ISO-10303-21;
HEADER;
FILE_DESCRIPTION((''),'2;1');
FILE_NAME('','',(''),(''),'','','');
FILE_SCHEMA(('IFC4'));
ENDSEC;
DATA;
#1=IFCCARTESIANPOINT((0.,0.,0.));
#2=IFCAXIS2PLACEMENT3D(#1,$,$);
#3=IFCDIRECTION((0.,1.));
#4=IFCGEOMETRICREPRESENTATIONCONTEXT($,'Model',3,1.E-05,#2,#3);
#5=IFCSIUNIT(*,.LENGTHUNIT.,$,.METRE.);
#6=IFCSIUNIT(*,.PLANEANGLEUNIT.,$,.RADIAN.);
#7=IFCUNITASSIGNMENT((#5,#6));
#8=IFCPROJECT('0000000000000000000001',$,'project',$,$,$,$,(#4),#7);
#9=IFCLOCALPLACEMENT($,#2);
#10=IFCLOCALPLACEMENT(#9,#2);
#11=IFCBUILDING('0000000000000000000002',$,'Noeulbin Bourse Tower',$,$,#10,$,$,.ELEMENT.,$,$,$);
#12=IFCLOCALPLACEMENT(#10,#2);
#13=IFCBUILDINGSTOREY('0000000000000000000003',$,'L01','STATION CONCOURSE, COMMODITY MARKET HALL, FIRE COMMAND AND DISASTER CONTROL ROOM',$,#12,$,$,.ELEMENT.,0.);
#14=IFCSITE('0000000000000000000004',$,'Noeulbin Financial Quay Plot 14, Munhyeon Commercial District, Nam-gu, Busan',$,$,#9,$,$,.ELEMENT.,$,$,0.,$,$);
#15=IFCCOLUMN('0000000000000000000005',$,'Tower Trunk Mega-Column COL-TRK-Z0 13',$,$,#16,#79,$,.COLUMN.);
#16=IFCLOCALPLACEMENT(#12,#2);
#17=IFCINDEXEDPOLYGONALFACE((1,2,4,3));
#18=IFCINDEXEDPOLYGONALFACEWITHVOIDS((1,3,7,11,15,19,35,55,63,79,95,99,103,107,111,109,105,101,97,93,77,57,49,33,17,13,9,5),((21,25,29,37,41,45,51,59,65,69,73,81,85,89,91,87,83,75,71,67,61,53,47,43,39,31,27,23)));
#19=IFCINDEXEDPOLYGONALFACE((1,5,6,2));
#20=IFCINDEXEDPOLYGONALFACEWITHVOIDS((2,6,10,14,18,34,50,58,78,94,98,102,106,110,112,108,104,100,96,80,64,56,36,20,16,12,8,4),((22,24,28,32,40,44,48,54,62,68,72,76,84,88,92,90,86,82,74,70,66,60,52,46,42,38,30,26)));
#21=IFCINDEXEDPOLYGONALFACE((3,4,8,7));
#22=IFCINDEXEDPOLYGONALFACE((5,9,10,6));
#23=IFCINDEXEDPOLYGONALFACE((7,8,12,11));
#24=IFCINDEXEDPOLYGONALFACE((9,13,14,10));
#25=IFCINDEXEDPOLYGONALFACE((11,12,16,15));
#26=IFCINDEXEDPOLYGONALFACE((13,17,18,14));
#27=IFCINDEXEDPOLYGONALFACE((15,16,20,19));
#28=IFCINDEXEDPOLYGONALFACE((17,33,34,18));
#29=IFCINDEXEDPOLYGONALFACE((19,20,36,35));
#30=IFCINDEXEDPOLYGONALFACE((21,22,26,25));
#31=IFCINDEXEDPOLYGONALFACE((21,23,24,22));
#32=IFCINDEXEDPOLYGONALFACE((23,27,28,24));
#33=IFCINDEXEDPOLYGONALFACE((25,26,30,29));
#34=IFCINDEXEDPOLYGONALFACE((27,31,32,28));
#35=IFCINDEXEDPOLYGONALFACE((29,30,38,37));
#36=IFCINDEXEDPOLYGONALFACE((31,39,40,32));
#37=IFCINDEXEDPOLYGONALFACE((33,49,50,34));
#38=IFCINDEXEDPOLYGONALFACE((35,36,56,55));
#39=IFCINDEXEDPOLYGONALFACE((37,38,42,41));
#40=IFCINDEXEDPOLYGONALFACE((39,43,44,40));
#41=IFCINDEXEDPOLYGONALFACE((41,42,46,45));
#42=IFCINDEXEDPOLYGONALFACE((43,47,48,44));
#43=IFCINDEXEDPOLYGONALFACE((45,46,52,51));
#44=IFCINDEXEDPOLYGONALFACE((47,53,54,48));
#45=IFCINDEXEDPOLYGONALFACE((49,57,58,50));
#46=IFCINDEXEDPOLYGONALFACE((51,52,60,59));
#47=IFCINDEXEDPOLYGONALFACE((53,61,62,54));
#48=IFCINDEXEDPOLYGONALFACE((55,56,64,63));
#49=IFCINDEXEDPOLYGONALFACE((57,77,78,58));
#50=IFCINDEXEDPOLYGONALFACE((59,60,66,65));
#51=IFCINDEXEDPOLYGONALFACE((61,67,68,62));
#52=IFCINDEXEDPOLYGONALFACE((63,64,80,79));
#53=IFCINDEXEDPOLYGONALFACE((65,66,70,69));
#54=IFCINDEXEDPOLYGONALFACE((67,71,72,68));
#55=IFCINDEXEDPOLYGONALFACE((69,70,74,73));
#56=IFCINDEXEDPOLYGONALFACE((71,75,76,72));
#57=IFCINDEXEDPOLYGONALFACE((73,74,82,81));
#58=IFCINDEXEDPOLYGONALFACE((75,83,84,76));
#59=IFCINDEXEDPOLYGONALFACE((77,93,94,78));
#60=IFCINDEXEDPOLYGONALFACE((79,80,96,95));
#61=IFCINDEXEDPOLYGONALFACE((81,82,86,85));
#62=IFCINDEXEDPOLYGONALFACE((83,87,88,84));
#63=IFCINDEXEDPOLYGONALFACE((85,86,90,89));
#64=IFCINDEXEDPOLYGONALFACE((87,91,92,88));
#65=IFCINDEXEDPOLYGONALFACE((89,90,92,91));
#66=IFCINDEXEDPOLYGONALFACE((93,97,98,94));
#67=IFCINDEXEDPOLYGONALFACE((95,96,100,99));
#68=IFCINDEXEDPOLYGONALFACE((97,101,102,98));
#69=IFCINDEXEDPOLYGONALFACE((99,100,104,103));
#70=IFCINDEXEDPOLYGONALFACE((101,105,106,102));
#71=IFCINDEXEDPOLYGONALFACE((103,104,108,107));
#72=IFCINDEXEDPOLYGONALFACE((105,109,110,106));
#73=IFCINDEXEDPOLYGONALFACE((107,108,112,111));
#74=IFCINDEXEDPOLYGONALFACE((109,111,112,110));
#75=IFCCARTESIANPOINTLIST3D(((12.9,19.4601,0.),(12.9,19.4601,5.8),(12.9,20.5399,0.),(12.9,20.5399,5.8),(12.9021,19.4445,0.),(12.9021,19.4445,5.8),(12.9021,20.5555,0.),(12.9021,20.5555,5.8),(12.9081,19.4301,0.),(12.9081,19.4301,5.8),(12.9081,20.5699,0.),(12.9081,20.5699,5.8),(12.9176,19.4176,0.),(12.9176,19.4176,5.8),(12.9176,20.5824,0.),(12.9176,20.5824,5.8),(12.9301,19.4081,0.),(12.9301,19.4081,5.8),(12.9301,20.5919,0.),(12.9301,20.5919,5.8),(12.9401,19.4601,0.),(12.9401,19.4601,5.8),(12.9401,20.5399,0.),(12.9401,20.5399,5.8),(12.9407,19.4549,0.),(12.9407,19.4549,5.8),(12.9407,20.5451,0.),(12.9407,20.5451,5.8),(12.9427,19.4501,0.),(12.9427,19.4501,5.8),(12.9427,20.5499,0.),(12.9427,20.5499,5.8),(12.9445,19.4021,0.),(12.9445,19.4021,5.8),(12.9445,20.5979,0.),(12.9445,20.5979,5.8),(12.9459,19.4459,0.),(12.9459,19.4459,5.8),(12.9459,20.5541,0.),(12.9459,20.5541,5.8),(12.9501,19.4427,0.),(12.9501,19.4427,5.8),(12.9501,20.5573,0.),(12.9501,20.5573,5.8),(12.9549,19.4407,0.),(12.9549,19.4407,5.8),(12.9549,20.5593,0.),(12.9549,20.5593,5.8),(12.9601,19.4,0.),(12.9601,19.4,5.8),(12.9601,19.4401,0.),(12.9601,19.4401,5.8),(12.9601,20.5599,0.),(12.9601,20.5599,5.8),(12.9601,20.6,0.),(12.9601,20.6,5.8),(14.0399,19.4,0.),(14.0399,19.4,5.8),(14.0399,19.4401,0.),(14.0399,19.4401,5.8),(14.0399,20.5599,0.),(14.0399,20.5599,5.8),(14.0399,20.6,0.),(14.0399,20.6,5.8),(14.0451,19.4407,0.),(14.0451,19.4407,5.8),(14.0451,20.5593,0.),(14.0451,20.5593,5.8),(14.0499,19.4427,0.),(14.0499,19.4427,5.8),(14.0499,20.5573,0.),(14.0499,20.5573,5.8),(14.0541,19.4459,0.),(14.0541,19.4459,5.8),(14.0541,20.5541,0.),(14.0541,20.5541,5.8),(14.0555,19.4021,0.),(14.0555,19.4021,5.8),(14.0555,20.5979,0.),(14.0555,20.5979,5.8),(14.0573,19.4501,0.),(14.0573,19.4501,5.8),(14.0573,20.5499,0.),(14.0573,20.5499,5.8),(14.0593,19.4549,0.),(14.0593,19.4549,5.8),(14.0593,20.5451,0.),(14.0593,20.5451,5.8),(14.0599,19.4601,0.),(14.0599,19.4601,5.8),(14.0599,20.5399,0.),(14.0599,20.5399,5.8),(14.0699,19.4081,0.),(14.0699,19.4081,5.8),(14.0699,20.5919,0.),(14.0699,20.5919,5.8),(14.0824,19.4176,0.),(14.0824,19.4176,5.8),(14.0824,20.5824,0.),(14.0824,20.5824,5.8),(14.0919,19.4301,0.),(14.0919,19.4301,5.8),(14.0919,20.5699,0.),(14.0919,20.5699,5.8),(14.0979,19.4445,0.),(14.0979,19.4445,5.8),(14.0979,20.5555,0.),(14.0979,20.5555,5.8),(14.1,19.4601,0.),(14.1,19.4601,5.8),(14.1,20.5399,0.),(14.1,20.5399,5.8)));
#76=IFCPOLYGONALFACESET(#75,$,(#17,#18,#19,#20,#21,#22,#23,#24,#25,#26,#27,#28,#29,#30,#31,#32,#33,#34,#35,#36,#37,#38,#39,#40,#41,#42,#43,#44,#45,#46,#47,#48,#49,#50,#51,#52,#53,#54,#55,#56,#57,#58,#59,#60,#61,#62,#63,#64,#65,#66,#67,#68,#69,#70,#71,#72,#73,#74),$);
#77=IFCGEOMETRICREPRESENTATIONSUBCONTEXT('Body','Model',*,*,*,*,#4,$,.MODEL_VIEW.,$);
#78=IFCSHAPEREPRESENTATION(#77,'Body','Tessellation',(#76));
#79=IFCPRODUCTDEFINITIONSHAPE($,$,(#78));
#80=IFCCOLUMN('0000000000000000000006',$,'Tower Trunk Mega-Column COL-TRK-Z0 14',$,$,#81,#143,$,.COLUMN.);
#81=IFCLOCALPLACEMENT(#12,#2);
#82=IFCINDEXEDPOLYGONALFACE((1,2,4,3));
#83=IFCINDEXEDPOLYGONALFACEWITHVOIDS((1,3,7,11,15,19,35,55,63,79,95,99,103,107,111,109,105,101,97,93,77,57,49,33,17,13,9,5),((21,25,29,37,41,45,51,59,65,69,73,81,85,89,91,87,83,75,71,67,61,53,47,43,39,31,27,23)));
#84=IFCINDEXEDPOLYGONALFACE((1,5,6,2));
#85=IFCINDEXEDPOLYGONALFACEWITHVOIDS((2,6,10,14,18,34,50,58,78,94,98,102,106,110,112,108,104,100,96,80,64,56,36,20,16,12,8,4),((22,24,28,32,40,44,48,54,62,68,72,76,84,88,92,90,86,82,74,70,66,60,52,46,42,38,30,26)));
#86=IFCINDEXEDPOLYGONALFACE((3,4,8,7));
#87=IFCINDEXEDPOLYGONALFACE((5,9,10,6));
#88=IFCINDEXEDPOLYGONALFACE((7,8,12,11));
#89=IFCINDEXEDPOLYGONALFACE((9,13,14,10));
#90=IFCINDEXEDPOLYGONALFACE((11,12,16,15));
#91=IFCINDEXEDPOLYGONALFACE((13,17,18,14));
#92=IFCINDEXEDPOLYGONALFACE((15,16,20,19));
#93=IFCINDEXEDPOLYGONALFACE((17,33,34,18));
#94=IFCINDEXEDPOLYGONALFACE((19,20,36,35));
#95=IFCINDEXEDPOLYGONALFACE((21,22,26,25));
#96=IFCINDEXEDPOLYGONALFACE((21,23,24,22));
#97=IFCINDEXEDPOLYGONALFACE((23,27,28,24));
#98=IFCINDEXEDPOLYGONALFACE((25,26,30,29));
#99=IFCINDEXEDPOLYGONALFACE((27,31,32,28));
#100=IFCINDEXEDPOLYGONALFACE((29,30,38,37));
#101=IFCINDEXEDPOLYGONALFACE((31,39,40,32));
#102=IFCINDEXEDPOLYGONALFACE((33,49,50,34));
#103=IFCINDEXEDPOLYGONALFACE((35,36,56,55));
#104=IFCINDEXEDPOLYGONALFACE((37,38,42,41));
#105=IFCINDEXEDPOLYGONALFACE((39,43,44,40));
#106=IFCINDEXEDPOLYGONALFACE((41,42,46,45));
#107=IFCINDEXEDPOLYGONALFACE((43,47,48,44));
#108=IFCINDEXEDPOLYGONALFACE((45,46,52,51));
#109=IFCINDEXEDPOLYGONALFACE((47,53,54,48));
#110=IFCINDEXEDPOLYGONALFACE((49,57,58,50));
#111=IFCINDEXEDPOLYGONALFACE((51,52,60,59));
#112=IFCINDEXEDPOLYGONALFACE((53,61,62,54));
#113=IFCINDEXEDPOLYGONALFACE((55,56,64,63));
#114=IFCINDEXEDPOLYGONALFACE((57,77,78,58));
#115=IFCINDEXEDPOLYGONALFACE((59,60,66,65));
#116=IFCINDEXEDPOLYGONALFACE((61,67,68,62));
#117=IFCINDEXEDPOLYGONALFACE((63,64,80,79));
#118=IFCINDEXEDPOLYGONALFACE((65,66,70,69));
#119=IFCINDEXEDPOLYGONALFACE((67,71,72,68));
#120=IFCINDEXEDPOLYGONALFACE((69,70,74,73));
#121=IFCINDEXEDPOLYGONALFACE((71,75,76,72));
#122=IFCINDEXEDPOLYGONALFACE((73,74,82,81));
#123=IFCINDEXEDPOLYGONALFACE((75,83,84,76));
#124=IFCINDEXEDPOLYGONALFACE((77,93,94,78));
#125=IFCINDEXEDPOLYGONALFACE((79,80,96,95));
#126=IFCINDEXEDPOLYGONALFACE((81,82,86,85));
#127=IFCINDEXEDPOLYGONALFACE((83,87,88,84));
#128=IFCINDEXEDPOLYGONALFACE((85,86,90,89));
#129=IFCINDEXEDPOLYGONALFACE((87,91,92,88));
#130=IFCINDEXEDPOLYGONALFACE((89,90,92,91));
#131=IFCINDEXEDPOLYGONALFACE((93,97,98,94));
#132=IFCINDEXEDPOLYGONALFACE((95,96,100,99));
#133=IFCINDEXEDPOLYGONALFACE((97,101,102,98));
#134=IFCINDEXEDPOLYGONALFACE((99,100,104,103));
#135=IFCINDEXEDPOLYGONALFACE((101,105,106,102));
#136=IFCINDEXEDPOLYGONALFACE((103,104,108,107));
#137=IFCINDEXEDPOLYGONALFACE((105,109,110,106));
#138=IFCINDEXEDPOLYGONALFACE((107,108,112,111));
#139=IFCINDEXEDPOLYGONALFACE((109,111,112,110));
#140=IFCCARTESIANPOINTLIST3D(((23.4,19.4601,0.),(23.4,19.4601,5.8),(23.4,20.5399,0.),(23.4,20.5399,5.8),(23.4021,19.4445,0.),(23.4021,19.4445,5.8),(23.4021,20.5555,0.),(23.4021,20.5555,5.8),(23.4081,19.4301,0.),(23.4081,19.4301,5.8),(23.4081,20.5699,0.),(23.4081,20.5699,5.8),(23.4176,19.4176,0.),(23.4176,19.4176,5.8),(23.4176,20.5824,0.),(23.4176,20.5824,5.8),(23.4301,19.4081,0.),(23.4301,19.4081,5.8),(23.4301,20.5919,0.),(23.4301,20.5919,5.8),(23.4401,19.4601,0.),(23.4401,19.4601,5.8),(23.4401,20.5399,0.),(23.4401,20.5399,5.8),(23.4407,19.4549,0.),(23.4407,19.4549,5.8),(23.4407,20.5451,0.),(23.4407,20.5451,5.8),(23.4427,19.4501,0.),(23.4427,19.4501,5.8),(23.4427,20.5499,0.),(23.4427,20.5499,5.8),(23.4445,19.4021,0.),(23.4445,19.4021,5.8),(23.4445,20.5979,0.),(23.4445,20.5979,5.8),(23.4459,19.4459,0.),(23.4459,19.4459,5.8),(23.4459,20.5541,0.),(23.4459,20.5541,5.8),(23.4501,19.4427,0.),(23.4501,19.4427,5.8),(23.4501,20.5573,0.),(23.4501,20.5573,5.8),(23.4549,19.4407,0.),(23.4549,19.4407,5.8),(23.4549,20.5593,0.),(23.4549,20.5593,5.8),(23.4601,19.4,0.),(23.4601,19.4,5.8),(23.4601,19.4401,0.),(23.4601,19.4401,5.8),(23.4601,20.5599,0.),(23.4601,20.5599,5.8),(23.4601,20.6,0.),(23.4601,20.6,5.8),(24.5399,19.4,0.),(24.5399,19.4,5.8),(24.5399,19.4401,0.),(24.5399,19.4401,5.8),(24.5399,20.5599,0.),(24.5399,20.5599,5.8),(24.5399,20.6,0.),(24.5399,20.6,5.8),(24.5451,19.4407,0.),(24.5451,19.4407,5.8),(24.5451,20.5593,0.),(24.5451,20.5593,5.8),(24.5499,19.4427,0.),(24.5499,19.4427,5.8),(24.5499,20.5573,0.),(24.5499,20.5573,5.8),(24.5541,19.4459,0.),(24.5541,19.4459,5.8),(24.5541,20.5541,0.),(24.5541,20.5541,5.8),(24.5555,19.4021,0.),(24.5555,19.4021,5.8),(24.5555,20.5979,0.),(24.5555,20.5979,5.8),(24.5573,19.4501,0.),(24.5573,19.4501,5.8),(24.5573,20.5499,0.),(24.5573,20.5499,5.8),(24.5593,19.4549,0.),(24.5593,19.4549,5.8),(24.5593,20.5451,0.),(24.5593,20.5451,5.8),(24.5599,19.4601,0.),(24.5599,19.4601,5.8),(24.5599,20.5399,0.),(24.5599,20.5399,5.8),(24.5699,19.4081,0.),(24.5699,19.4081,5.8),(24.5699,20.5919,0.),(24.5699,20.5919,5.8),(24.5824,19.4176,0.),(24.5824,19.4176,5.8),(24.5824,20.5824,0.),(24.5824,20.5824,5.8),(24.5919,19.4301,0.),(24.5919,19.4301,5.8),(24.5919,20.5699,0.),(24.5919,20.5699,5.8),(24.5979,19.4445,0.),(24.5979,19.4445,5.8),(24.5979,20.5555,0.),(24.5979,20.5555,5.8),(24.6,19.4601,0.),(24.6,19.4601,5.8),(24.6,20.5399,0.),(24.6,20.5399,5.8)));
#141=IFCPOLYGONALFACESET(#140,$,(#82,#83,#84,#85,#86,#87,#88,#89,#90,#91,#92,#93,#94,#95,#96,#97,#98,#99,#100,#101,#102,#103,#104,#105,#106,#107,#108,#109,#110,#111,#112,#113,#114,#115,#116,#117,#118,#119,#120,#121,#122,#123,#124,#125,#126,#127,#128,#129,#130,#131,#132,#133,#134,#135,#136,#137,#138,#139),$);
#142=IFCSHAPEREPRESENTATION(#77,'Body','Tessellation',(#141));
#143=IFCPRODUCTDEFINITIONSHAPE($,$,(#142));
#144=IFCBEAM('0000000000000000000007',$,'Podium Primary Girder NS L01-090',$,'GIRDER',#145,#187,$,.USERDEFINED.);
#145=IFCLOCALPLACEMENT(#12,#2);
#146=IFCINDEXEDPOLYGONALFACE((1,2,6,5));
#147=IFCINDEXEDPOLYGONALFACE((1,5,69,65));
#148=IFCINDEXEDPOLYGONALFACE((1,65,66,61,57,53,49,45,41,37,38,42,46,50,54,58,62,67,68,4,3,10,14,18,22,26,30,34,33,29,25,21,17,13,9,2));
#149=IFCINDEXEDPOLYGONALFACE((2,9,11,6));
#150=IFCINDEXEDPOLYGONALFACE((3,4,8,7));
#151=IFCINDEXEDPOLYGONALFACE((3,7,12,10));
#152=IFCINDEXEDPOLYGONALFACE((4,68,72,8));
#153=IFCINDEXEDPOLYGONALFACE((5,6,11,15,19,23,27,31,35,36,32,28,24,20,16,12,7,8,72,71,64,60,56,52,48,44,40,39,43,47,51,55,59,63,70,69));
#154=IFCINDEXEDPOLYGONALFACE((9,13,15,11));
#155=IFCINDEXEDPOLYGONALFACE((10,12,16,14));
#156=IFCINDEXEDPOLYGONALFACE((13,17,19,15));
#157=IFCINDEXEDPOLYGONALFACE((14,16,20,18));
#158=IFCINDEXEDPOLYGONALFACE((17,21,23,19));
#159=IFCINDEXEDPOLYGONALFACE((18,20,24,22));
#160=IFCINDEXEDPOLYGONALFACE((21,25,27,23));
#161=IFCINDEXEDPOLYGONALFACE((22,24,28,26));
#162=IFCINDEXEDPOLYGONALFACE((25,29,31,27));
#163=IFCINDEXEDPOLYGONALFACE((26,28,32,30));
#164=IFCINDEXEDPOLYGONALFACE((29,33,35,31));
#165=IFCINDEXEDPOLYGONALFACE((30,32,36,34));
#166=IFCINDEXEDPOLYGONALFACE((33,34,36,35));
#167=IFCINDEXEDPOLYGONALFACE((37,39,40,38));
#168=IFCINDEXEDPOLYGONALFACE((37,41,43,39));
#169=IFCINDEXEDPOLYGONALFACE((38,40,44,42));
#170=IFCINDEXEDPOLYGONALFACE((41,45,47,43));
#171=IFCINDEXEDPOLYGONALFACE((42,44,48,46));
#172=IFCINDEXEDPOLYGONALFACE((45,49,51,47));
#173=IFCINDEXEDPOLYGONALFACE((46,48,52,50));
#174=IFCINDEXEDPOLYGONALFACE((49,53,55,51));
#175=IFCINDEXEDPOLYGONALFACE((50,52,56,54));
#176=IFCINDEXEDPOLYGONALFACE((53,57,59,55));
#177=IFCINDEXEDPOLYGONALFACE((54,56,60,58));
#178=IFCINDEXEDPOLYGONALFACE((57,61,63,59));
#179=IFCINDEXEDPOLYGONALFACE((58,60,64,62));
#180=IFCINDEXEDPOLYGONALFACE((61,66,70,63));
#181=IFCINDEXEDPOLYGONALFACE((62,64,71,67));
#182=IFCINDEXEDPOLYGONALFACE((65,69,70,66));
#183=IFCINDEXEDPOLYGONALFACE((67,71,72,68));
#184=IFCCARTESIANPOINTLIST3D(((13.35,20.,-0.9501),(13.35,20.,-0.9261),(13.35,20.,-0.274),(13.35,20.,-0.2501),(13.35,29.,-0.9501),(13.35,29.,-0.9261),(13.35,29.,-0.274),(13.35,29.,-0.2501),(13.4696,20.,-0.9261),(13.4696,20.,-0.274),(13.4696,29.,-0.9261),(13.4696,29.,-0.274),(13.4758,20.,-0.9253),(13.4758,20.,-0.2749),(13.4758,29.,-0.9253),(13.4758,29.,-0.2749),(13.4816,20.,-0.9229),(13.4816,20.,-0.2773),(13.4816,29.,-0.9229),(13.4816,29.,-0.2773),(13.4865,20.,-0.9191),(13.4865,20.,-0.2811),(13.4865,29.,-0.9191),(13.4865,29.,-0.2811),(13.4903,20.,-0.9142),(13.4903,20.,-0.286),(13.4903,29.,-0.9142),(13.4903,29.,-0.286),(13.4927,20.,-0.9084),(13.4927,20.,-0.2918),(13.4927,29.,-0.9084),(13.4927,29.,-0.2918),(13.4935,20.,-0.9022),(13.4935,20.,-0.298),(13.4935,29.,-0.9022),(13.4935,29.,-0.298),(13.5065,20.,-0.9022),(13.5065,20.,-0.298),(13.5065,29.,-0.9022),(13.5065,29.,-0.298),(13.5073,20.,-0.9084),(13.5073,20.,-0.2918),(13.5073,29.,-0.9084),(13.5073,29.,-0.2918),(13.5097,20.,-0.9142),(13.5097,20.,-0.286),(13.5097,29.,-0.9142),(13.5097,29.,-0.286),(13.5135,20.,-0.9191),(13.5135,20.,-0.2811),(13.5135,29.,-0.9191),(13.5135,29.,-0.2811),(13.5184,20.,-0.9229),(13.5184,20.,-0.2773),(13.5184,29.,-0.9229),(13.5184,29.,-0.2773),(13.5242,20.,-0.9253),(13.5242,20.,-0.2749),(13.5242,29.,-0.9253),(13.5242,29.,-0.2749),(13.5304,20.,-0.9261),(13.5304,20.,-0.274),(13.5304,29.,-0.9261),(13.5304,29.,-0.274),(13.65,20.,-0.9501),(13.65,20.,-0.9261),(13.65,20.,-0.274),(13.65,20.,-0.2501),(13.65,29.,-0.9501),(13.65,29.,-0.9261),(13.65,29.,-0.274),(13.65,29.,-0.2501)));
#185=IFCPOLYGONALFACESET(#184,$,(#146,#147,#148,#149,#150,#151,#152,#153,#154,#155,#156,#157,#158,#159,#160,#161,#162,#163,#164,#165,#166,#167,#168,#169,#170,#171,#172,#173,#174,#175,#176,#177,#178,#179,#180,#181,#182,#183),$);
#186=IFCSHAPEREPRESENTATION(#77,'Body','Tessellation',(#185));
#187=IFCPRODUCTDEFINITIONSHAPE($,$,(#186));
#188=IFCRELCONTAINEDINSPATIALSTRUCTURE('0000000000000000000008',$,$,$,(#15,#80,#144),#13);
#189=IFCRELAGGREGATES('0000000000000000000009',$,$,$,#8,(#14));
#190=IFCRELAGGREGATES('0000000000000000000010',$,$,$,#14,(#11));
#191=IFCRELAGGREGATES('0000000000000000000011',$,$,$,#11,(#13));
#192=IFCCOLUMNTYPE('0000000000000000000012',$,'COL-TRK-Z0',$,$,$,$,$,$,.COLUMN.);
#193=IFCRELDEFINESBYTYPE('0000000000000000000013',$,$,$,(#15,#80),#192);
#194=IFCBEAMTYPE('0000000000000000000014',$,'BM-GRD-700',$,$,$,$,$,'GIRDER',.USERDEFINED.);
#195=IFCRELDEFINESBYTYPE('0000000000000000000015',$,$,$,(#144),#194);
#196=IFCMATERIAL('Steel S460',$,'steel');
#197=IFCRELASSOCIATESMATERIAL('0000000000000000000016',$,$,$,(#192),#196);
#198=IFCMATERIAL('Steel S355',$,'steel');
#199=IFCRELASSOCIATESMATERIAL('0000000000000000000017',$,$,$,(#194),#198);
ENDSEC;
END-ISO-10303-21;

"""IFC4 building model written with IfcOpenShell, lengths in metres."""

from ifc_helpers import new_model, si_unit, direction, frame, origin, origin_2d, place, context, subcontext, project, spatial, hollow_rectangle, i_section, extrude, material, material_profile, profile_set, type_object, element, save


model = new_model("IFC4")

# Units and contexts
model_context = context("Model", 3, precision=1e-05, world=origin(), true_north=direction((0.0, 1.0)))
body_context = subcontext(model_context, "Body", "Model", "MODEL_VIEW")
ifc_project = project(units=[si_unit("LENGTHUNIT", "METRE"), si_unit("PLANEANGLEUNIT", "RADIAN")], contexts=[model_context])

# Site, building, storey
site_placement = place(None, origin())
site = spatial("IfcSite", under=ifc_project, at=site_placement, Name="Noeulbin Financial Quay Plot 14, Munhyeon Commercial District, Nam-gu, Busan", CompositionType="ELEMENT", RefElevation=0.0)
building_placement = place(site_placement, origin())
building = spatial("IfcBuilding", under=site, at=building_placement, Name="Noeulbin Bourse Tower", CompositionType="ELEMENT")
storey_placement = place(building_placement, origin())
storey = spatial("IfcBuildingStorey", under=building, at=storey_placement, Name="L01", Description="STATION CONCOURSE, COMMODITY MARKET HALL, FIRE COMMAND AND DISASTER CONTROL ROOM", CompositionType="ELEMENT", Elevation=0.0)

# Columns
ifc_material_1 = material(Name="Steel S460", Category="steel")
ifc_material_profile_1 = material_profile(ifc_material_1, hollow_rectangle(XDim=1.2, YDim=1.2, WallThickness=0.04, InnerFilletRadius=0.02, OuterFilletRadius=0.0601, at=origin_2d()), Name="BOX-1200x1200x40", Category="LoadBearing")
ifc_profile_set_1 = profile_set([ifc_material_profile_1], Name="Steel S460")
column_type = type_object("IfcColumnType", Name="COL-TRK-Z0", PredefinedType="COLUMN", material=ifc_profile_set_1)
for number, where, z_axis, x_axis, name in (
    (1, (13.5, 20.0, 0.0), (0.0, 0.0, 1.0), (1.0, 0.0, 0.0), "Tower Trunk Mega-Column COL-TRK-Z0 13"),
    (2, (24.0, 20.0, 0.0), (0.0, 0.0, 1.0), (1.0, 0.0, 0.0), "Tower Trunk Mega-Column COL-TRK-Z0 14"),
):
    element("IfcColumn", number, at=place(storey_placement, frame(where, z_axis=z_axis, x_axis=x_axis)), inside=storey, type_object=column_type, Name=name, PredefinedType="COLUMN", context=body_context, shape_type="SweptSolid", body=[
        extrude(hollow_rectangle(XDim=1.2, YDim=1.2, WallThickness=0.04, InnerFilletRadius=0.02, OuterFilletRadius=0.0601, at=origin_2d()), origin(), (0.0, 0.0, 1.0), 5.8),
    ])

# Beam
ifc_material_2 = material(Name="Steel S355", Category="steel")
ifc_material_profile_2 = material_profile(ifc_material_2, i_section(OverallWidth=0.3, OverallDepth=0.7, WebThickness=0.0129, FlangeThickness=0.0239, FilletRadius=0.0239, at=origin_2d()), Name="H-700x300x13x24", Category="LoadBearing")
ifc_profile_set_2 = profile_set([ifc_material_profile_2], Name="Steel S355")
beam_type_1 = type_object("IfcBeamType", Name="BM-GRD-700", ElementType="GIRDER", PredefinedType="USERDEFINED", material=ifc_profile_set_2)
beam_1_placement = place(storey_placement, frame((13.5, 20.0, -0.6001), z_axis=(0.0, 1.0, 0.0), x_axis=(-1.0, 0.0, 0.0)))
element("IfcBeam", 3, at=beam_1_placement, inside=storey, type_object=beam_type_1, Name="Podium Primary Girder NS L01-090", ObjectType="GIRDER", PredefinedType="USERDEFINED", context=body_context, shape_type="SweptSolid", body=[
    extrude(i_section(OverallWidth=0.3, OverallDepth=0.7, WebThickness=0.0129, FlangeThickness=0.0239, FilletRadius=0.0239, at=origin_2d()), origin(), (0.0, 0.0, 1.0), 9.0),
])

save(model, "model.ifc")
